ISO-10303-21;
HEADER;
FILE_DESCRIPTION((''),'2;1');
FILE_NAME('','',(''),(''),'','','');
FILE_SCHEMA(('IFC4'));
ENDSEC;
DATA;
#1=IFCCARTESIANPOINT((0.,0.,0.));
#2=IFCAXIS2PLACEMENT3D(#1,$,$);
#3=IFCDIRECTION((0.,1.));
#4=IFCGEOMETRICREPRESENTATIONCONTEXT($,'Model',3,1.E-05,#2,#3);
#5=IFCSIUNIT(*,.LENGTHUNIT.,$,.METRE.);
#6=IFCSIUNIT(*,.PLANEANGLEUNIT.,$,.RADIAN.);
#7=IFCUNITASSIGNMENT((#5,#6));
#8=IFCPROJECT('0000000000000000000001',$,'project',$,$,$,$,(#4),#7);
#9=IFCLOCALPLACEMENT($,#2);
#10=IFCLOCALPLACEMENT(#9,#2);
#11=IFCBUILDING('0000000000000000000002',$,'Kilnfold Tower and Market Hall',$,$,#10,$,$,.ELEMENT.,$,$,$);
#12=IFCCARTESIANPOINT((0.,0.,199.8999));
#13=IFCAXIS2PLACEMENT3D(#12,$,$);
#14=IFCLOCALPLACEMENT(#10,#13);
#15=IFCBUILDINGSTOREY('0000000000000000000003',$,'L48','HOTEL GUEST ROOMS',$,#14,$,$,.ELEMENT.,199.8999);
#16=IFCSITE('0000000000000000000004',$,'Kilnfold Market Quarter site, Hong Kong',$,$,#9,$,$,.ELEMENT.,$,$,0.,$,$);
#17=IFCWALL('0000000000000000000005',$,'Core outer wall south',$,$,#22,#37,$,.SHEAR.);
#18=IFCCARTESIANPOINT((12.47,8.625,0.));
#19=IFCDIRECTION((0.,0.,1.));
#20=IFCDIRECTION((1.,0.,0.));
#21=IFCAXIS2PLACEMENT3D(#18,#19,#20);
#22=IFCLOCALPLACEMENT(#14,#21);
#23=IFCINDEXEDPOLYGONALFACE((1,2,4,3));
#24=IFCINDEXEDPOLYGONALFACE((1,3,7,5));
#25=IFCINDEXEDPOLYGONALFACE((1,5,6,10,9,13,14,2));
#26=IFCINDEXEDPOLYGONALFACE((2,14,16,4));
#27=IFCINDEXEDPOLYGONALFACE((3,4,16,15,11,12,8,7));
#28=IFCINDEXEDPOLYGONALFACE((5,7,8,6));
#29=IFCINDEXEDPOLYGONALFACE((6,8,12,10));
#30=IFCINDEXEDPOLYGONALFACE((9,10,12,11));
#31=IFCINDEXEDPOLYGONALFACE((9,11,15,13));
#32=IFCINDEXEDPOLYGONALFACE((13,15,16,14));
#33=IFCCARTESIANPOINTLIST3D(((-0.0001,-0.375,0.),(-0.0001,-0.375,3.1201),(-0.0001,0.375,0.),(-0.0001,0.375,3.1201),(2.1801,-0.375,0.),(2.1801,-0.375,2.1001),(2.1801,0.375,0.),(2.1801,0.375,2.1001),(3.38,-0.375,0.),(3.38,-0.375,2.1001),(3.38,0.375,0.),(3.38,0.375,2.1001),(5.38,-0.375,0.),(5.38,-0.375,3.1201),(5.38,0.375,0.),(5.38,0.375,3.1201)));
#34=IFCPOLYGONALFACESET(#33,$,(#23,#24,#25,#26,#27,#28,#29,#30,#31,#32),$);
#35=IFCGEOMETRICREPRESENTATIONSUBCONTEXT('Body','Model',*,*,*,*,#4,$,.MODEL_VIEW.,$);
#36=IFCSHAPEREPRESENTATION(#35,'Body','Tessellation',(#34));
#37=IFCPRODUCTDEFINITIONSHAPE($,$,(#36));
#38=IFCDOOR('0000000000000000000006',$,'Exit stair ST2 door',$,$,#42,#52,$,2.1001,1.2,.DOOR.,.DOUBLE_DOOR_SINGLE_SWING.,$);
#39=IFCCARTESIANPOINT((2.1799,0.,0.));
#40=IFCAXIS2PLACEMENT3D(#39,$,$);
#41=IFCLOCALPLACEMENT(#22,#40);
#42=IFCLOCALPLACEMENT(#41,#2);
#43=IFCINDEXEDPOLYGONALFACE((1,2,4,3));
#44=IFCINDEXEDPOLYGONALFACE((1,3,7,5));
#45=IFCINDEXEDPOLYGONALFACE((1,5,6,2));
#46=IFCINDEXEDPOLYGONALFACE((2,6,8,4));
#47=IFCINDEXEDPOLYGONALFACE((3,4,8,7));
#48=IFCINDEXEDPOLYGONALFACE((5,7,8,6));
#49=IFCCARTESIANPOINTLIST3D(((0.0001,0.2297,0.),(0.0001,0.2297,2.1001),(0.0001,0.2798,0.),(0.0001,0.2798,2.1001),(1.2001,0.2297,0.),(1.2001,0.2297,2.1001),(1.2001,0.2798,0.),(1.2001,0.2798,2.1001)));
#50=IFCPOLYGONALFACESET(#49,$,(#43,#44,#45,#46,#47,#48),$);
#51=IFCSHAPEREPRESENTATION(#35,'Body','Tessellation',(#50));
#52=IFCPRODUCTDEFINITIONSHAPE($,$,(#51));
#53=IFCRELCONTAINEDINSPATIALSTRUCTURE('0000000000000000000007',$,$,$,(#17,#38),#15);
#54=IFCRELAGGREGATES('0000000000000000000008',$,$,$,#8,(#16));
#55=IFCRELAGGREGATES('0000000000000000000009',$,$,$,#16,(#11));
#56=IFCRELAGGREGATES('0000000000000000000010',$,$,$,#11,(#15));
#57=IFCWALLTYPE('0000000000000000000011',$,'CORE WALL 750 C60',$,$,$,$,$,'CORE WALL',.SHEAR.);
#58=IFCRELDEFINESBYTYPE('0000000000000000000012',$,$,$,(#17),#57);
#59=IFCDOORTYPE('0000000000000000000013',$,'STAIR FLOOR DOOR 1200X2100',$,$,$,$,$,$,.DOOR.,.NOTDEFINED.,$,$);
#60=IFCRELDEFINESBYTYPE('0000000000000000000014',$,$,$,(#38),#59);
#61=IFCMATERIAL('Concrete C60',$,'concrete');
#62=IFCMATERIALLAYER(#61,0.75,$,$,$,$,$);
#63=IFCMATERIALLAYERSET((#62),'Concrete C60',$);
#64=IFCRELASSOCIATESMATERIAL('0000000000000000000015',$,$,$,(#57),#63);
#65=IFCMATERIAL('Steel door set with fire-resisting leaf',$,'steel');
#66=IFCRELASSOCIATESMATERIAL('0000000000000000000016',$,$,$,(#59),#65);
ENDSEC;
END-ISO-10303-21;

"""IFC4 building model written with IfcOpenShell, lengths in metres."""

from ifc_helpers import new_model, si_unit, direction, frame, frame_2d, origin, place, context, subcontext, project, spatial, rectangle, extrude, source, transform, mapped, material, layer, layer_set, type_object, element, fill, save


model = new_model("IFC4")

# Units and contexts
model_context = context("Model", 3, precision=1e-05, world=origin(), true_north=direction((0.0, 1.0)))
body_context = subcontext(model_context, "Body", "Model", "MODEL_VIEW")
ifc_project = project(units=[si_unit("LENGTHUNIT", "METRE"), si_unit("PLANEANGLEUNIT", "RADIAN")], contexts=[model_context])

# Site, building, storey
site_placement = place(None, origin())
site = spatial("IfcSite", under=ifc_project, at=site_placement, Name="Kilnfold Market Quarter site, Hong Kong", CompositionType="ELEMENT", RefElevation=0.0)
building_placement = place(site_placement, origin())
building = spatial("IfcBuilding", under=site, at=building_placement, Name="Kilnfold Tower and Market Hall", CompositionType="ELEMENT")
storey_placement = place(building_placement, frame((0.0, 0.0, 199.8999)))
storey = spatial("IfcBuildingStorey", under=building, at=storey_placement, Name="L48", Description="HOTEL GUEST ROOMS", CompositionType="ELEMENT", Elevation=199.8999)

# Shared definitions
ifc_material_1 = material(Name="Concrete C60", Category="concrete")
ifc_layer_1 = layer(ifc_material_1, 0.75)
ifc_layer_set_1 = layer_set([ifc_layer_1], Name="Concrete C60")
wall_type_1 = type_object("IfcWallType", Name="CORE WALL 750 C60", ElementType="CORE WALL", PredefinedType="SHEAR", material=ifc_layer_set_1)

# Wall, opening, door
shared_shape_1 = source(origin(), body_context, "Body", "SweptSolid", [
    extrude(rectangle(XDim=5.3801, YDim=0.75, at=frame_2d((2.6899, 0.0))), origin(), (0.0, 0.0, 1.0), 3.1201),
])
wall_1_placement = place(storey_placement, frame((12.47, 8.625, 0.0), z_axis=(0.0, 0.0, 1.0), x_axis=(1.0, 0.0, 0.0)))
wall_1 = element("IfcWall", 1, at=wall_1_placement, inside=storey, type_object=wall_type_1, Name="Core outer wall south", PredefinedType="SHEAR", context=body_context, shape_type="MappedRepresentation", body=[
    mapped(shared_shape_1, transform((0.0, 0.0, 0.0))),
])
opening_1_placement = place(wall_1_placement, frame((2.1799, 0.0, 0.0)))
opening_1 = element("IfcOpeningElement", 2, at=opening_1_placement, cuts=wall_1, PredefinedType="OPENING", context=body_context, shape_type="SweptSolid", body=[
    extrude(rectangle(XDim=1.2, YDim=2.1001, at=frame_2d((0.6001, 1.05))), frame((0.0, 0.385, 0.0), z_axis=(0.0, -1.0, 0.0), x_axis=(1.0, 0.0, 0.0)), (0.0, 0.0, 1.0), 0.77),
])
ifc_material_2 = material(Name="Steel door set with fire-resisting leaf", Category="steel")
door_type_1 = type_object("IfcDoorType", Name="STAIR FLOOR DOOR 1200X2100", OperationType="NOTDEFINED", PredefinedType="DOOR", material=ifc_material_2)
door_1_placement = place(opening_1_placement, origin())
door_1 = element("IfcDoor", 3, at=door_1_placement, inside=storey, type_object=door_type_1, Name="Exit stair ST2 door", OperationType="DOUBLE_DOOR_SINGLE_SWING", OverallHeight=2.1001, OverallWidth=1.2, PredefinedType="DOOR", context=body_context, shape_type="SweptSolid", body=[
    extrude(rectangle(XDim=1.2, YDim=2.1001, at=frame_2d((0.6001, 1.05))), frame((0.0, 0.2798, 0.0), z_axis=(0.0, -1.0, 0.0), x_axis=(1.0, 0.0, 0.0)), (0.0, 0.0, 1.0), 0.05),
])
fill(opening_1, door_1)

save(model, "model.ifc")
